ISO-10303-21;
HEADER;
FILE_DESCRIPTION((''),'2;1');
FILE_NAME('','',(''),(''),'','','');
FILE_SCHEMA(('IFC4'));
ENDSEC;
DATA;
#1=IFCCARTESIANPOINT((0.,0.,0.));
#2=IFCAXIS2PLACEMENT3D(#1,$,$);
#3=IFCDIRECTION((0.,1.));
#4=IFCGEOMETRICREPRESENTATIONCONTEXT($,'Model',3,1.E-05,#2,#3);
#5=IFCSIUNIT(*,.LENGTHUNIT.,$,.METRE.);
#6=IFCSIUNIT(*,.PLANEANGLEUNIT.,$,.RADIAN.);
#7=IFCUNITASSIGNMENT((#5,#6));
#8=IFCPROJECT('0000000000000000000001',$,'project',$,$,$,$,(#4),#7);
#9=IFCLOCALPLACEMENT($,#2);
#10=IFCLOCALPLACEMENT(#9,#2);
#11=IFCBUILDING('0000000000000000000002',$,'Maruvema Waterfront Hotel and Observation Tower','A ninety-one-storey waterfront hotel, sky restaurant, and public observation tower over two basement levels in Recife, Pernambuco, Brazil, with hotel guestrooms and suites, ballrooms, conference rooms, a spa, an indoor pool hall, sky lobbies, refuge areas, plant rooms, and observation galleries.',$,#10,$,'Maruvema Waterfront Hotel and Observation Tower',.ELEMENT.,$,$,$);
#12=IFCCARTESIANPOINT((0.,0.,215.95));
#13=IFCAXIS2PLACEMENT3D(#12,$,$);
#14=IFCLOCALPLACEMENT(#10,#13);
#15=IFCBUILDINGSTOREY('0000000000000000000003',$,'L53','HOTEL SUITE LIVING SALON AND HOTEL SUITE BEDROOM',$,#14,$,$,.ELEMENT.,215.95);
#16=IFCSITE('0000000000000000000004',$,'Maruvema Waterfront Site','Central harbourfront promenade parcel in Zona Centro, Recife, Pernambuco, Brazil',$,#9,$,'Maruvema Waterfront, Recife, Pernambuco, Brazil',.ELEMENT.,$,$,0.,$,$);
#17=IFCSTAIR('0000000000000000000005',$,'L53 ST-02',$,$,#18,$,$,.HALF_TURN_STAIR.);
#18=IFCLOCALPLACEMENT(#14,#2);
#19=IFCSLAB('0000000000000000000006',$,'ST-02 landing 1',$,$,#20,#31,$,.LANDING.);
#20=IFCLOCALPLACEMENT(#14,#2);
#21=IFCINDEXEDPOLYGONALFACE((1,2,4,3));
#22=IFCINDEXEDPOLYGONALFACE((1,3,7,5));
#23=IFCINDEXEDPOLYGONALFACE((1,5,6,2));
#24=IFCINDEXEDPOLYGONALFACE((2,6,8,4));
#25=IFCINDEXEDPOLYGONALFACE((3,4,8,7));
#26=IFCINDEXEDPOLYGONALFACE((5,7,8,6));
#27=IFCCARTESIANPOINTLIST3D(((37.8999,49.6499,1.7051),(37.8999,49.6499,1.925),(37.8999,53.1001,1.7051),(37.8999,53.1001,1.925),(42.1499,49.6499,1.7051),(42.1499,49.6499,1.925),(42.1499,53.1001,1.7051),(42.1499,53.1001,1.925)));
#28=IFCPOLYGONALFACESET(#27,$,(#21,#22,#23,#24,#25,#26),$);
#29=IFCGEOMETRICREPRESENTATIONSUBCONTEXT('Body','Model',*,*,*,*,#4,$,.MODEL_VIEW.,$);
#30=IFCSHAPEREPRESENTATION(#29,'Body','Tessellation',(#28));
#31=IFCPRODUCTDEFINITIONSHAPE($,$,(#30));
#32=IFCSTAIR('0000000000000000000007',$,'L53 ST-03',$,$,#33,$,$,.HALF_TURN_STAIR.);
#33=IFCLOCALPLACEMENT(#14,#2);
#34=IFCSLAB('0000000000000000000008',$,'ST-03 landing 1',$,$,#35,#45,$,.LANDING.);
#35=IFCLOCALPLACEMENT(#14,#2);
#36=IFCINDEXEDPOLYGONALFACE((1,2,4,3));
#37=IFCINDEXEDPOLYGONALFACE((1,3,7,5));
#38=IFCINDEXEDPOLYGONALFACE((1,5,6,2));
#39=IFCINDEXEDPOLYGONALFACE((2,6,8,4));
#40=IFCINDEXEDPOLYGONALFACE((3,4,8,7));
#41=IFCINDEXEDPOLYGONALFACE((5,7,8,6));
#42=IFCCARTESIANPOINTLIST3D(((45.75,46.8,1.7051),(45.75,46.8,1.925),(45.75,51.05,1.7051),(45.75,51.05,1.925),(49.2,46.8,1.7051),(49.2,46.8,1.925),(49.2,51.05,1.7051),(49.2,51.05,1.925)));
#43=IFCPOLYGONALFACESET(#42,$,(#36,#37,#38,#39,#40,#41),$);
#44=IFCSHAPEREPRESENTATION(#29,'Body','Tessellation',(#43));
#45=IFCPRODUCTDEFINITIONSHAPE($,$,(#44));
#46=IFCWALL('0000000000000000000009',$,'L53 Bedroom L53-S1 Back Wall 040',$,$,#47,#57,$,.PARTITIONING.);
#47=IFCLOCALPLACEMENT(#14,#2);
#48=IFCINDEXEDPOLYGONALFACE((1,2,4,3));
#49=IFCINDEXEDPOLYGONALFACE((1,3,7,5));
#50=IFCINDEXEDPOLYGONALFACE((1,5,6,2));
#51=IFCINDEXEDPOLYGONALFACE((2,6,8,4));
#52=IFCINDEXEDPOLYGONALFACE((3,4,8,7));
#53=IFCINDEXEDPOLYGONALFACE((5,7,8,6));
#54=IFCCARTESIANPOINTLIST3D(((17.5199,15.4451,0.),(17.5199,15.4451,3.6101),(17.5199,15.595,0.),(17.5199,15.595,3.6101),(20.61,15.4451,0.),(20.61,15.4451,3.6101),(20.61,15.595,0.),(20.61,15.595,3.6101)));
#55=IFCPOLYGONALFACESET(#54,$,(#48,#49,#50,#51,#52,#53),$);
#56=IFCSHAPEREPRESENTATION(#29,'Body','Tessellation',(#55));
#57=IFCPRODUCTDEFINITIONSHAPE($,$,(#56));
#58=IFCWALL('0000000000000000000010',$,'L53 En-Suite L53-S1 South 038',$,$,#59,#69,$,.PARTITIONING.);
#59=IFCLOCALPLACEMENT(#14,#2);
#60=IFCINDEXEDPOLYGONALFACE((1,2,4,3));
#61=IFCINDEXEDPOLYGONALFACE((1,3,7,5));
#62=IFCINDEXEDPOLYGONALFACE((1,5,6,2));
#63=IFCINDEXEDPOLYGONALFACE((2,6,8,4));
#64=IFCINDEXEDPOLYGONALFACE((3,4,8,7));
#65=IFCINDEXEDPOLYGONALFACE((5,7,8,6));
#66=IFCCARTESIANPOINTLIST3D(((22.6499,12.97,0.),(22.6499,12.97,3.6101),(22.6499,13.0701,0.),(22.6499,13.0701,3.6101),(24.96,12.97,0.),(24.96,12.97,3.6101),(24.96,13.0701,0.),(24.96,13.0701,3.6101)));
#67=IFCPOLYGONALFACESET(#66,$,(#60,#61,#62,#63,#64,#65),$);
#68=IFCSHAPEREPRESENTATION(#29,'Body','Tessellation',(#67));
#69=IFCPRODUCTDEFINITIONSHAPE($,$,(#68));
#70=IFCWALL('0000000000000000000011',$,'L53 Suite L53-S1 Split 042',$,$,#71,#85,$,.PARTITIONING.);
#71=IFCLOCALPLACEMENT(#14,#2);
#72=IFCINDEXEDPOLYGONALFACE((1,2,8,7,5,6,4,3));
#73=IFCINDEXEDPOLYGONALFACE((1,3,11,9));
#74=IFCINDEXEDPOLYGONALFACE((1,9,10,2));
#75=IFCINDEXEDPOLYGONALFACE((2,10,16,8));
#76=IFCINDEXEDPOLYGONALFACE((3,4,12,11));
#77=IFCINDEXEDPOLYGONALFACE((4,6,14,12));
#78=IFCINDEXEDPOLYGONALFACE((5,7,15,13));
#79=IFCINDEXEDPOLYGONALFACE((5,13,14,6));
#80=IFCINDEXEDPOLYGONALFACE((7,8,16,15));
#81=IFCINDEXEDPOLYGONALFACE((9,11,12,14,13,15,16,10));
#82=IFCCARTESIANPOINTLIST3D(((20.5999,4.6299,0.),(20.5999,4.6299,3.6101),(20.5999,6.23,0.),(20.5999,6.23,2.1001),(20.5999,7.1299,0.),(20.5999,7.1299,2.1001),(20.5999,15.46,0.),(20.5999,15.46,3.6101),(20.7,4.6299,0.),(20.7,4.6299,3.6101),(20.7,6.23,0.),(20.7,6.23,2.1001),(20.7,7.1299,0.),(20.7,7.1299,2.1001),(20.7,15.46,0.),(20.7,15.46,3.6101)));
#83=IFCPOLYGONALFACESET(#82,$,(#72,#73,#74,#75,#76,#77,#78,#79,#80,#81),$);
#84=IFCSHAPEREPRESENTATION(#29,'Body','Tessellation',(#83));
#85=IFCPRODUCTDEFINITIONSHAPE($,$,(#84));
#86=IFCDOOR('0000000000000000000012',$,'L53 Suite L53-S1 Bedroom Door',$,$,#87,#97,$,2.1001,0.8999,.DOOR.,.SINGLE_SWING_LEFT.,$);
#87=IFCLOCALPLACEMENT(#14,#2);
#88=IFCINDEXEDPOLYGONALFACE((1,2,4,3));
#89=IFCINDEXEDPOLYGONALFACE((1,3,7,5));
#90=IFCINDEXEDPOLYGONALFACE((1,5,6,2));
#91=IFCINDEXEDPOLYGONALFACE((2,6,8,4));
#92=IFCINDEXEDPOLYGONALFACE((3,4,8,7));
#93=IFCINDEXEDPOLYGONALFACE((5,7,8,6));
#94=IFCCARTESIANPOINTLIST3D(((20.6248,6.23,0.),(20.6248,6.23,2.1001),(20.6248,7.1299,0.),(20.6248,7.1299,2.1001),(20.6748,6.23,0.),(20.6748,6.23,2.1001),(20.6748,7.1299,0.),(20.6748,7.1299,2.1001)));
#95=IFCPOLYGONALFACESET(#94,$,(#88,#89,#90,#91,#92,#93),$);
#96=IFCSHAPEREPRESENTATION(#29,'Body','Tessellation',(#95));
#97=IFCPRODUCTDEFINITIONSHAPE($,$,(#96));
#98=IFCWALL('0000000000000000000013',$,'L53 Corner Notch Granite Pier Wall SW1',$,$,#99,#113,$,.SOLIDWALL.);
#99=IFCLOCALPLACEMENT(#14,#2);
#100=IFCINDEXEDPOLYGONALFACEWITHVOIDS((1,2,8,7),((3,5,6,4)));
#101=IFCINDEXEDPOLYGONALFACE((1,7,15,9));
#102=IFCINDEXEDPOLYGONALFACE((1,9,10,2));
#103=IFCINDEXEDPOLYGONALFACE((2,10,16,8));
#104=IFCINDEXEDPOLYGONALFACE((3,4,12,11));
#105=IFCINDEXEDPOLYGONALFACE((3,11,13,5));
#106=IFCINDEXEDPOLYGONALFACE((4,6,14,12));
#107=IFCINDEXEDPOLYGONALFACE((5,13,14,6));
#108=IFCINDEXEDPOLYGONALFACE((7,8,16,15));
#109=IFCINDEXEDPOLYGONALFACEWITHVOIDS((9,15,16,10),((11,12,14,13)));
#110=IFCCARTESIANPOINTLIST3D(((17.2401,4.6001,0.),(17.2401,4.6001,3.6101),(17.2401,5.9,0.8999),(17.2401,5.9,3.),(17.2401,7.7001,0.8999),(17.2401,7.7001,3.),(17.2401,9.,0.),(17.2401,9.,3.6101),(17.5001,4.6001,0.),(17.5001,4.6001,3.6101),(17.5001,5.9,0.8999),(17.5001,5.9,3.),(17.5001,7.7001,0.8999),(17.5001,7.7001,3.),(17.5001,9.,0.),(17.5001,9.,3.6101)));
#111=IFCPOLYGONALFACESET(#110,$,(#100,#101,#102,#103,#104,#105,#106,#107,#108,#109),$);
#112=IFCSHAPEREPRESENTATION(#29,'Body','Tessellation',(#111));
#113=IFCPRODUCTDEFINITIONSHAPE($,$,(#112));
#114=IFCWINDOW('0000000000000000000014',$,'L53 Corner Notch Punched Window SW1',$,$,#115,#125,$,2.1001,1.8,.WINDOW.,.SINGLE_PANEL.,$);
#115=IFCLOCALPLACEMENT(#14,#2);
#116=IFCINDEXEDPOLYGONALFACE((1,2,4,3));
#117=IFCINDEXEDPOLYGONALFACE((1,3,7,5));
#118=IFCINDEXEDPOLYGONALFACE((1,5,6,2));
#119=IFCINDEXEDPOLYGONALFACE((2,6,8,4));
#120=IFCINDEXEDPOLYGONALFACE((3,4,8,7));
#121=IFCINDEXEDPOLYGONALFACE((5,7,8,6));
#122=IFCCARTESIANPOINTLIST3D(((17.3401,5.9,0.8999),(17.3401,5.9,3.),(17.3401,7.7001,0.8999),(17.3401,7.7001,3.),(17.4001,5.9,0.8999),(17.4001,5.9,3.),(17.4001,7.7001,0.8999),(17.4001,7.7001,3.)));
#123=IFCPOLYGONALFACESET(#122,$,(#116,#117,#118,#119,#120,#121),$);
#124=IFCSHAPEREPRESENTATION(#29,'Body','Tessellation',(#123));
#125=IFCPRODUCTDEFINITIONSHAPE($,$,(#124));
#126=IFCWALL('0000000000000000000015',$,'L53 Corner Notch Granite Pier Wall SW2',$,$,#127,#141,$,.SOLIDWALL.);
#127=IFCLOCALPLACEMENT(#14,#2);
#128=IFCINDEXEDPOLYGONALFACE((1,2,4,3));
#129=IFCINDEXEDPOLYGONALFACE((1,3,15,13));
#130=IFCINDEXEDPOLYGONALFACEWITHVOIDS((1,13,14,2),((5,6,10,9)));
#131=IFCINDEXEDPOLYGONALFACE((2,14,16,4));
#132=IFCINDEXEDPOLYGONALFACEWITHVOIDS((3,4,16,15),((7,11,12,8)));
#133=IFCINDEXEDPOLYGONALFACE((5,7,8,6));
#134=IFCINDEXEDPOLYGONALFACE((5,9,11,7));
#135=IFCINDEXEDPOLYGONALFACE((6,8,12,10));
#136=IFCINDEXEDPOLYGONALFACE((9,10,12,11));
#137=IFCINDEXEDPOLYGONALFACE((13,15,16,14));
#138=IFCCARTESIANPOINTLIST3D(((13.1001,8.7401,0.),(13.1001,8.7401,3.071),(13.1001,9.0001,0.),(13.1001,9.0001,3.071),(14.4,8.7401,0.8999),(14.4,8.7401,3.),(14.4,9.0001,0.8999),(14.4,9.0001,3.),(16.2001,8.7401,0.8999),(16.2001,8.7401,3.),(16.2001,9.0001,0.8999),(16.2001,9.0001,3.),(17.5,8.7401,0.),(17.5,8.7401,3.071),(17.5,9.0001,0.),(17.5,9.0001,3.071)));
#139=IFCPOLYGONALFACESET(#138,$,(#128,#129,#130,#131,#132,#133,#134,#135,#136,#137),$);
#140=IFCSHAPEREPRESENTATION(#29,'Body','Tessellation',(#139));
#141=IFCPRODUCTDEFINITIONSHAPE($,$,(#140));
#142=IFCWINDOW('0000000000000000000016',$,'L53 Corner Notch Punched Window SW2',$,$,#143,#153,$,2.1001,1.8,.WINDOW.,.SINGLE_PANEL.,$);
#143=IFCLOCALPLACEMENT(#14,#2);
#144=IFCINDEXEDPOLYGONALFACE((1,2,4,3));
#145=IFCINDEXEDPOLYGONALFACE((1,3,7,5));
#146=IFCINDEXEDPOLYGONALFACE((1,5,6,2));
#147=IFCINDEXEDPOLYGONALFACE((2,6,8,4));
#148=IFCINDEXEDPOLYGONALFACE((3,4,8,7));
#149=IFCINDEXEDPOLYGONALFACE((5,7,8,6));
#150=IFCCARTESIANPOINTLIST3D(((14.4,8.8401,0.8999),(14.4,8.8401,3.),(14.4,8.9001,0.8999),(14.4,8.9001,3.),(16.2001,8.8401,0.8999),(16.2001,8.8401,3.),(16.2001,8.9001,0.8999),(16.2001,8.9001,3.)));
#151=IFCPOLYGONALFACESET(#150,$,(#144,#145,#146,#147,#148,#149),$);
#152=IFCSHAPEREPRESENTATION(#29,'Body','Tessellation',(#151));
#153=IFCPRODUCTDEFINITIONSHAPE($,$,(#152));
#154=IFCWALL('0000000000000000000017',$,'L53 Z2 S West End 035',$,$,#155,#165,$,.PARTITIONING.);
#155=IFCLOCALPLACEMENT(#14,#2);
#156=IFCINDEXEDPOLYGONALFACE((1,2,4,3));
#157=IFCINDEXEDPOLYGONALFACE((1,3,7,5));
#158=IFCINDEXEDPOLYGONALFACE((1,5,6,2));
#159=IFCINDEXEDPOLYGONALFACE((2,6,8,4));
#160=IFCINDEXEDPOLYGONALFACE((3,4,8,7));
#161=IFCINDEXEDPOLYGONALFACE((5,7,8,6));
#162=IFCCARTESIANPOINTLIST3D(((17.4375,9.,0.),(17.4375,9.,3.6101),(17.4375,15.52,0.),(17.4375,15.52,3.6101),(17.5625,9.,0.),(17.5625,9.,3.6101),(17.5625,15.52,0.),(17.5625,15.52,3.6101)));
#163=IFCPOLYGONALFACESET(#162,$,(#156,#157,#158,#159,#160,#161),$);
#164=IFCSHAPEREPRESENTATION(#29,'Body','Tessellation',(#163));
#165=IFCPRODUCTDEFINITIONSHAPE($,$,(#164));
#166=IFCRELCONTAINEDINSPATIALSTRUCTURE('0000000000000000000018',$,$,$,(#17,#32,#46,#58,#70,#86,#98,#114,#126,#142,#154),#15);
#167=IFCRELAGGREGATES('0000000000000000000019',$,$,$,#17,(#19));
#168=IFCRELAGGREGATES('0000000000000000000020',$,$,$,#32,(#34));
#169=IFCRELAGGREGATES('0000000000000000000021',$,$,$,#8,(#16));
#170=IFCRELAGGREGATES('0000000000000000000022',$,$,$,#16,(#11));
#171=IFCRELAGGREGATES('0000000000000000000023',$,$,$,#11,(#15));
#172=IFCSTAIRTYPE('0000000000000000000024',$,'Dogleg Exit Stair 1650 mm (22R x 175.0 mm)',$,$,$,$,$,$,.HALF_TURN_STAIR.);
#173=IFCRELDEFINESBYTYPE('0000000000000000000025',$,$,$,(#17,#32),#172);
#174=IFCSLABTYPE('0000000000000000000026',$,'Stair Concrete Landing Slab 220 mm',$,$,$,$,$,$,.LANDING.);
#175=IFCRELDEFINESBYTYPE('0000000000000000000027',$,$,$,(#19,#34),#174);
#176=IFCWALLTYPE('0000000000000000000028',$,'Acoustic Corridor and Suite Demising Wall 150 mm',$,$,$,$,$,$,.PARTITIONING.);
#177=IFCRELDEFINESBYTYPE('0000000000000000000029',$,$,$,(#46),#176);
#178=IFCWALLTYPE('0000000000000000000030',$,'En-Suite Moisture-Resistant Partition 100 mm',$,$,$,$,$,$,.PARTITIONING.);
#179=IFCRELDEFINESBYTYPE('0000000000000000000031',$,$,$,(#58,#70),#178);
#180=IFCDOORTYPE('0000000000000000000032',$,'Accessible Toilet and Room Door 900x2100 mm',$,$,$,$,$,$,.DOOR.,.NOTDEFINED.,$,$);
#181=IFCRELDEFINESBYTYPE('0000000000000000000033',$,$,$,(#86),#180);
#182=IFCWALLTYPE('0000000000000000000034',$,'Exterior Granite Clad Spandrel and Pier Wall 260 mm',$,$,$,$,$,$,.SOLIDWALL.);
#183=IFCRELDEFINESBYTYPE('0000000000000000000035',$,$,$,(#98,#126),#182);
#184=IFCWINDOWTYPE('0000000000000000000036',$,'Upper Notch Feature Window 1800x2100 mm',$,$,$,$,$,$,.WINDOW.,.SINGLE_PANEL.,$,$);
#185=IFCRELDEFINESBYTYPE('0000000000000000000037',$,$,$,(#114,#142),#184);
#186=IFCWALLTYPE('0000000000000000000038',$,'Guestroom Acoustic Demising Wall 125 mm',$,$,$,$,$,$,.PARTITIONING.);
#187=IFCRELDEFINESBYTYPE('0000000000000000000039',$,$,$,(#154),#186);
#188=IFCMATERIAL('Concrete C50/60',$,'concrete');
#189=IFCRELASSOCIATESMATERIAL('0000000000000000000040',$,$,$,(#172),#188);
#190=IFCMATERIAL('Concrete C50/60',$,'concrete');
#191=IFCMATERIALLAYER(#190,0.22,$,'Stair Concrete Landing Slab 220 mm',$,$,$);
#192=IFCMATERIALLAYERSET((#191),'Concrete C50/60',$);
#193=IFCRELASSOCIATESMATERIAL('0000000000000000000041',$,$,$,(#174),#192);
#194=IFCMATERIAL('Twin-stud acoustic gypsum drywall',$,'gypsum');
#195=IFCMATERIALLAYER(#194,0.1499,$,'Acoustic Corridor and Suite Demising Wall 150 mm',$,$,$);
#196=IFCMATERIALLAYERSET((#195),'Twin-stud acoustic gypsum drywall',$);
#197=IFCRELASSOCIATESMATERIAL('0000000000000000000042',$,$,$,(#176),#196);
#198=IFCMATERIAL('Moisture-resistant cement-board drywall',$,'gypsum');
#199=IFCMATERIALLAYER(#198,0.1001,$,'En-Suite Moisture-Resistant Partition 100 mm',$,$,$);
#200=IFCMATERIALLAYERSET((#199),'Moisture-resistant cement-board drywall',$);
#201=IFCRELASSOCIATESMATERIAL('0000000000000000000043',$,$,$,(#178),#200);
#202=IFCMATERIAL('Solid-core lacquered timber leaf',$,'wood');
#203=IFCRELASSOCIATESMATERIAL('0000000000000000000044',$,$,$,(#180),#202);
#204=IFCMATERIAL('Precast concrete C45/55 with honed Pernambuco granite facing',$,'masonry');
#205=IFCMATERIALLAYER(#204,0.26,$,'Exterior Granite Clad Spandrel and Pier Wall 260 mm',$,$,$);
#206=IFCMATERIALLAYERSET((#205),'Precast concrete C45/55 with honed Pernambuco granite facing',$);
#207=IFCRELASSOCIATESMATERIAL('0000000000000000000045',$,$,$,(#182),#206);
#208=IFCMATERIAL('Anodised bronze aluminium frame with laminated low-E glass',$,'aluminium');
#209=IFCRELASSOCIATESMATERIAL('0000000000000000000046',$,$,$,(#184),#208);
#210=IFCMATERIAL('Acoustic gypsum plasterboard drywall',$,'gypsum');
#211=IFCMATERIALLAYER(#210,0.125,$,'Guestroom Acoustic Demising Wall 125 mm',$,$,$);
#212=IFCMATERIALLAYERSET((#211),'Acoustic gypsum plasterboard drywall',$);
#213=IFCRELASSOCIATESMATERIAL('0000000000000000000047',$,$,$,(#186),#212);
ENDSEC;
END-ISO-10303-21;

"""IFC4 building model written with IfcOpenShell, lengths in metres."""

from ifc_helpers import new_model, si_unit, direction, frame, frame_2d, origin, place, context, subcontext, project, spatial, polyline, rectangle, outline, extrude, material, layer, layer_set, type_object, element, fill, aggregate, save


model = new_model("IFC4")

# Units and contexts
model_context = context("Model", 3, precision=1e-05, world=origin(), true_north=direction((0.0, 1.0)))
body_context = subcontext(model_context, "Body", "Model", "MODEL_VIEW")
ifc_project = project(units=[si_unit("LENGTHUNIT", "METRE"), si_unit("PLANEANGLEUNIT", "RADIAN")], contexts=[model_context])

# Site, building, storey
site_placement = place(None, origin())
site = spatial("IfcSite", under=ifc_project, at=site_placement, Name="Maruvema Waterfront Site", Description="Central harbourfront promenade parcel in Zona Centro, Recife, Pernambuco, Brazil", LongName="Maruvema Waterfront, Recife, Pernambuco, Brazil", CompositionType="ELEMENT", RefElevation=0.0)
building_placement = place(site_placement, origin())
building = spatial("IfcBuilding", under=site, at=building_placement, Name="Maruvema Waterfront Hotel and Observation Tower", Description="A ninety-one-storey waterfront hotel, sky restaurant, and public observation tower over two basement levels in Recife, Pernambuco, Brazil, with hotel guestrooms and suites, ballrooms, conference rooms, a spa, an indoor pool hall, sky lobbies, refuge areas, plant rooms, and observation galleries.", LongName="Maruvema Waterfront Hotel and Observation Tower", CompositionType="ELEMENT")
storey_placement = place(building_placement, frame((0.0, 0.0, 215.95)))
storey = spatial("IfcBuildingStorey", under=building, at=storey_placement, Name="L53", Description="HOTEL SUITE LIVING SALON AND HOTEL SUITE BEDROOM", CompositionType="ELEMENT", Elevation=215.95)

# Stairs, slabs
ifc_material_1 = material(Name="Concrete C50/60", Category="concrete")
stair_type = type_object("IfcStairType", Name="Dogleg Exit Stair 1650 mm (22R x 175.0 mm)", PredefinedType="HALF_TURN_STAIR", material=ifc_material_1)
ifc_material_2 = material(Name="Concrete C50/60", Category="concrete")
ifc_layer_1 = layer(ifc_material_2, 0.22, Name="Stair Concrete Landing Slab 220 mm")
ifc_layer_set_1 = layer_set([ifc_layer_1], Name="Concrete C50/60")
slab_type_1 = type_object("IfcSlabType", Name="Stair Concrete Landing Slab 220 mm", PredefinedType="LANDING", material=ifc_layer_set_1)
stair_1_placement = place(storey_placement, origin())
stair_1 = element("IfcStair", 1, at=stair_1_placement, inside=storey, type_object=stair_type, Name="L53 ST-02", PredefinedType="HALF_TURN_STAIR")
slab_1_placement = place(storey_placement, frame((0.0, 0.0, 1.7051)))
slab_1 = element("IfcSlab", 2, at=slab_1_placement, type_object=slab_type_1, Name="ST-02 landing 1", PredefinedType="LANDING", context=body_context, shape_type="SweptSolid", body=[
    extrude(outline(polyline([(37.8999, 49.6499), (42.1499, 49.6499), (42.1499, 53.1001), (37.8999, 53.1001), (37.8999, 49.6499)])), origin(), (0.0, 0.0, 1.0), 0.22),
])
aggregate(stair_1, [slab_1])
stair_2_placement = place(storey_placement, origin())
stair_2 = element("IfcStair", 3, at=stair_2_placement, inside=storey, type_object=stair_type, Name="L53 ST-03", PredefinedType="HALF_TURN_STAIR")
slab_2_placement = place(storey_placement, frame((0.0, 0.0, 1.7051)))
slab_2 = element("IfcSlab", 4, at=slab_2_placement, type_object=slab_type_1, Name="ST-03 landing 1", PredefinedType="LANDING", context=body_context, shape_type="SweptSolid", body=[
    extrude(outline(polyline([(49.2, 46.8), (49.2, 51.05), (45.75, 51.05), (45.75, 46.8), (49.2, 46.8)])), origin(), (0.0, 0.0, 1.0), 0.22),
])
aggregate(stair_2, [slab_2])

# Wall
ifc_material_3 = material(Name="Twin-stud acoustic gypsum drywall", Category="gypsum")
ifc_layer_2 = layer(ifc_material_3, 0.1499, Name="Acoustic Corridor and Suite Demising Wall 150 mm")
ifc_layer_set_2 = layer_set([ifc_layer_2], Name="Twin-stud acoustic gypsum drywall")
wall_type_1 = type_object("IfcWallType", Name="Acoustic Corridor and Suite Demising Wall 150 mm", PredefinedType="PARTITIONING", material=ifc_layer_set_2)
wall_1_placement = place(storey_placement, frame((17.52, 15.52, 0.0), z_axis=(0.0, 0.0, 1.0), x_axis=(1.0, 0.0, 0.0)))
element("IfcWall", 5, at=wall_1_placement, inside=storey, type_object=wall_type_1, Name="L53 Bedroom L53-S1 Back Wall 040", PredefinedType="PARTITIONING", context=body_context, shape_type="SweptSolid", body=[
    extrude(rectangle(XDim=3.0901, YDim=0.1499, at=frame_2d((1.5449, 0.0))), origin(), (0.0, 0.0, 1.0), 3.6101),
])

# Wall
ifc_material_4 = material(Name="Moisture-resistant cement-board drywall", Category="gypsum")
ifc_layer_3 = layer(ifc_material_4, 0.1001, Name="En-Suite Moisture-Resistant Partition 100 mm")
ifc_layer_set_3 = layer_set([ifc_layer_3], Name="Moisture-resistant cement-board drywall")
wall_type_2 = type_object("IfcWallType", Name="En-Suite Moisture-Resistant Partition 100 mm", PredefinedType="PARTITIONING", material=ifc_layer_set_3)
wall_2_placement = place(storey_placement, frame((22.6499, 13.02, 0.0), z_axis=(0.0, 0.0, 1.0), x_axis=(1.0, 0.0, 0.0)))
element("IfcWall", 6, at=wall_2_placement, inside=storey, type_object=wall_type_2, Name="L53 En-Suite L53-S1 South 038", PredefinedType="PARTITIONING", context=body_context, shape_type="SweptSolid", body=[
    extrude(rectangle(XDim=2.3101, YDim=0.1001, at=frame_2d((1.155, 0.0))), origin(), (0.0, 0.0, 1.0), 3.6101),
])

# Wall, opening, door
wall_3_placement = place(storey_placement, frame((20.6499, 4.6299, 0.0), z_axis=(0.0, 0.0, 1.0), x_axis=(0.0, 1.0, 0.0)))
wall_3 = element("IfcWall", 7, at=wall_3_placement, inside=storey, type_object=wall_type_2, Name="L53 Suite L53-S1 Split 042", PredefinedType="PARTITIONING", context=body_context, shape_type="SweptSolid", body=[
    extrude(rectangle(XDim=10.8301, YDim=0.1001, at=frame_2d((5.415, 0.0))), origin(), (0.0, 0.0, 1.0), 3.6101),
])
opening_1_placement = place(wall_3_placement, frame((1.6001, 0.0, 0.0)))
opening_1 = element("IfcOpeningElement", 8, at=opening_1_placement, cuts=wall_3, PredefinedType="OPENING", context=body_context, shape_type="SweptSolid", body=[
    extrude(rectangle(XDim=0.8999, YDim=2.1001, at=frame_2d((0.45, 1.05))), frame((0.0, 0.0601, 0.0), z_axis=(0.0, -1.0, 0.0), x_axis=(1.0, 0.0, 0.0)), (0.0, 0.0, 1.0), 0.1201),
])
ifc_material_5 = material(Name="Solid-core lacquered timber leaf", Category="wood")
door_type_1 = type_object("IfcDoorType", Name="Accessible Toilet and Room Door 900x2100 mm", OperationType="NOTDEFINED", PredefinedType="DOOR", material=ifc_material_5)
door_1_placement = place(opening_1_placement, frame((0.8999, 0.0, 0.0), z_axis=(0.0, 0.0, 1.0), x_axis=(-1.0, 0.0, 0.0)))
door_1 = element("IfcDoor", 9, at=door_1_placement, inside=storey, type_object=door_type_1, Name="L53 Suite L53-S1 Bedroom Door", OperationType="SINGLE_SWING_LEFT", OverallHeight=2.1001, OverallWidth=0.8999, PredefinedType="DOOR", context=body_context, shape_type="SweptSolid", body=[
    extrude(rectangle(XDim=0.8999, YDim=2.1001, at=frame_2d((0.45, 1.05))), frame((0.0, 0.0249, 0.0), z_axis=(0.0, -1.0, 0.0), x_axis=(1.0, 0.0, 0.0)), (0.0, 0.0, 1.0), 0.05),
])
fill(opening_1, door_1)

# Walls, openings, windows
ifc_material_6 = material(Name="Precast concrete C45/55 with honed Pernambuco granite facing", Category="masonry")
ifc_layer_4 = layer(ifc_material_6, 0.26, Name="Exterior Granite Clad Spandrel and Pier Wall 260 mm")
ifc_layer_set_4 = layer_set([ifc_layer_4], Name="Precast concrete C45/55 with honed Pernambuco granite facing")
wall_type_3 = type_object("IfcWallType", Name="Exterior Granite Clad Spandrel and Pier Wall 260 mm", PredefinedType="SOLIDWALL", material=ifc_layer_set_4)
wall_4_placement = place(storey_placement, frame((17.3701, 4.6001, 0.0), z_axis=(0.0, 0.0, 1.0), x_axis=(0.0, 1.0, 0.0)))
wall_4 = element("IfcWall", 10, at=wall_4_placement, inside=storey, type_object=wall_type_3, Name="L53 Corner Notch Granite Pier Wall SW1", PredefinedType="SOLIDWALL", context=body_context, shape_type="SweptSolid", body=[
    extrude(rectangle(XDim=4.3999, YDim=0.26, at=frame_2d((2.2, 0.0))), origin(), (0.0, 0.0, 1.0), 3.6101),
])
opening_2_placement = place(wall_4_placement, frame((1.3, 0.0, 0.8999)))
opening_2 = element("IfcOpeningElement", 11, at=opening_2_placement, cuts=wall_4, PredefinedType="OPENING", context=body_context, shape_type="SweptSolid", body=[
    extrude(rectangle(XDim=1.8, YDim=2.1001, at=frame_2d((0.8999, 1.05))), frame((0.0, 0.1401, 0.0), z_axis=(0.0, -1.0, 0.0), x_axis=(1.0, 0.0, 0.0)), (0.0, 0.0, 1.0), 0.28),
])
ifc_material_7 = material(Name="Anodised bronze aluminium frame with laminated low-E glass", Category="aluminium")
window_type = type_object("IfcWindowType", Name="Upper Notch Feature Window 1800x2100 mm", PartitioningType="SINGLE_PANEL", PredefinedType="WINDOW", material=ifc_material_7)
window_1_placement = place(opening_2_placement, origin())
window_1 = element("IfcWindow", 12, at=window_1_placement, inside=storey, type_object=window_type, Name="L53 Corner Notch Punched Window SW1", OverallHeight=2.1001, OverallWidth=1.8, PartitioningType="SINGLE_PANEL", PredefinedType="WINDOW", context=body_context, shape_type="SweptSolid", body=[
    extrude(rectangle(XDim=1.8, YDim=2.1001, at=frame_2d((0.8999, 1.05))), frame((0.0, 0.03, 0.0), z_axis=(0.0, -1.0, 0.0), x_axis=(1.0, 0.0, 0.0)), (0.0, 0.0, 1.0), 0.0601),
])
fill(opening_2, window_1)
wall_5_placement = place(storey_placement, frame((17.5, 8.8701, 0.0), z_axis=(0.0, 0.0, 1.0), x_axis=(-1.0, 0.0, 0.0)))
wall_5 = element("IfcWall", 13, at=wall_5_placement, inside=storey, type_object=wall_type_3, Name="L53 Corner Notch Granite Pier Wall SW2", PredefinedType="SOLIDWALL", context=body_context, shape_type="SweptSolid", body=[
    extrude(rectangle(XDim=4.3999, YDim=0.26, at=frame_2d((2.2, 0.0))), origin(), (0.0, 0.0, 1.0), 3.071),
])
opening_3_placement = place(wall_5_placement, frame((1.3, 0.0, 0.8999)))
opening_3 = element("IfcOpeningElement", 14, at=opening_3_placement, cuts=wall_5, PredefinedType="OPENING", context=body_context, shape_type="SweptSolid", body=[
    extrude(rectangle(XDim=1.8, YDim=2.1001, at=frame_2d((0.8999, 1.05))), frame((0.0, 0.1401, 0.0), z_axis=(0.0, -1.0, 0.0), x_axis=(1.0, 0.0, 0.0)), (0.0, 0.0, 1.0), 0.28),
])
window_2_placement = place(opening_3_placement, origin())
window_2 = element("IfcWindow", 15, at=window_2_placement, inside=storey, type_object=window_type, Name="L53 Corner Notch Punched Window SW2", OverallHeight=2.1001, OverallWidth=1.8, PartitioningType="SINGLE_PANEL", PredefinedType="WINDOW", context=body_context, shape_type="SweptSolid", body=[
    extrude(rectangle(XDim=1.8, YDim=2.1001, at=frame_2d((0.8999, 1.05))), frame((0.0, 0.03, 0.0), z_axis=(0.0, -1.0, 0.0), x_axis=(1.0, 0.0, 0.0)), (0.0, 0.0, 1.0), 0.0601),
])
fill(opening_3, window_2)

# Wall
ifc_material_8 = material(Name="Acoustic gypsum plasterboard drywall", Category="gypsum")
ifc_layer_5 = layer(ifc_material_8, 0.125, Name="Guestroom Acoustic Demising Wall 125 mm")
ifc_layer_set_5 = layer_set([ifc_layer_5], Name="Acoustic gypsum plasterboard drywall")
wall_type_4 = type_object("IfcWallType", Name="Guestroom Acoustic Demising Wall 125 mm", PredefinedType="PARTITIONING", material=ifc_layer_set_5)
wall_6_placement = place(storey_placement, frame((17.5, 9.0, 0.0), z_axis=(0.0, 0.0, 1.0), x_axis=(0.0, 1.0, 0.0)))
element("IfcWall", 16, at=wall_6_placement, inside=storey, type_object=wall_type_4, Name="L53 Z2 S West End 035", PredefinedType="PARTITIONING", context=body_context, shape_type="SweptSolid", body=[
    extrude(rectangle(XDim=6.52, YDim=0.125, at=frame_2d((3.26, 0.0))), origin(), (0.0, 0.0, 1.0), 3.6101),
])

save(model, "model.ifc")
